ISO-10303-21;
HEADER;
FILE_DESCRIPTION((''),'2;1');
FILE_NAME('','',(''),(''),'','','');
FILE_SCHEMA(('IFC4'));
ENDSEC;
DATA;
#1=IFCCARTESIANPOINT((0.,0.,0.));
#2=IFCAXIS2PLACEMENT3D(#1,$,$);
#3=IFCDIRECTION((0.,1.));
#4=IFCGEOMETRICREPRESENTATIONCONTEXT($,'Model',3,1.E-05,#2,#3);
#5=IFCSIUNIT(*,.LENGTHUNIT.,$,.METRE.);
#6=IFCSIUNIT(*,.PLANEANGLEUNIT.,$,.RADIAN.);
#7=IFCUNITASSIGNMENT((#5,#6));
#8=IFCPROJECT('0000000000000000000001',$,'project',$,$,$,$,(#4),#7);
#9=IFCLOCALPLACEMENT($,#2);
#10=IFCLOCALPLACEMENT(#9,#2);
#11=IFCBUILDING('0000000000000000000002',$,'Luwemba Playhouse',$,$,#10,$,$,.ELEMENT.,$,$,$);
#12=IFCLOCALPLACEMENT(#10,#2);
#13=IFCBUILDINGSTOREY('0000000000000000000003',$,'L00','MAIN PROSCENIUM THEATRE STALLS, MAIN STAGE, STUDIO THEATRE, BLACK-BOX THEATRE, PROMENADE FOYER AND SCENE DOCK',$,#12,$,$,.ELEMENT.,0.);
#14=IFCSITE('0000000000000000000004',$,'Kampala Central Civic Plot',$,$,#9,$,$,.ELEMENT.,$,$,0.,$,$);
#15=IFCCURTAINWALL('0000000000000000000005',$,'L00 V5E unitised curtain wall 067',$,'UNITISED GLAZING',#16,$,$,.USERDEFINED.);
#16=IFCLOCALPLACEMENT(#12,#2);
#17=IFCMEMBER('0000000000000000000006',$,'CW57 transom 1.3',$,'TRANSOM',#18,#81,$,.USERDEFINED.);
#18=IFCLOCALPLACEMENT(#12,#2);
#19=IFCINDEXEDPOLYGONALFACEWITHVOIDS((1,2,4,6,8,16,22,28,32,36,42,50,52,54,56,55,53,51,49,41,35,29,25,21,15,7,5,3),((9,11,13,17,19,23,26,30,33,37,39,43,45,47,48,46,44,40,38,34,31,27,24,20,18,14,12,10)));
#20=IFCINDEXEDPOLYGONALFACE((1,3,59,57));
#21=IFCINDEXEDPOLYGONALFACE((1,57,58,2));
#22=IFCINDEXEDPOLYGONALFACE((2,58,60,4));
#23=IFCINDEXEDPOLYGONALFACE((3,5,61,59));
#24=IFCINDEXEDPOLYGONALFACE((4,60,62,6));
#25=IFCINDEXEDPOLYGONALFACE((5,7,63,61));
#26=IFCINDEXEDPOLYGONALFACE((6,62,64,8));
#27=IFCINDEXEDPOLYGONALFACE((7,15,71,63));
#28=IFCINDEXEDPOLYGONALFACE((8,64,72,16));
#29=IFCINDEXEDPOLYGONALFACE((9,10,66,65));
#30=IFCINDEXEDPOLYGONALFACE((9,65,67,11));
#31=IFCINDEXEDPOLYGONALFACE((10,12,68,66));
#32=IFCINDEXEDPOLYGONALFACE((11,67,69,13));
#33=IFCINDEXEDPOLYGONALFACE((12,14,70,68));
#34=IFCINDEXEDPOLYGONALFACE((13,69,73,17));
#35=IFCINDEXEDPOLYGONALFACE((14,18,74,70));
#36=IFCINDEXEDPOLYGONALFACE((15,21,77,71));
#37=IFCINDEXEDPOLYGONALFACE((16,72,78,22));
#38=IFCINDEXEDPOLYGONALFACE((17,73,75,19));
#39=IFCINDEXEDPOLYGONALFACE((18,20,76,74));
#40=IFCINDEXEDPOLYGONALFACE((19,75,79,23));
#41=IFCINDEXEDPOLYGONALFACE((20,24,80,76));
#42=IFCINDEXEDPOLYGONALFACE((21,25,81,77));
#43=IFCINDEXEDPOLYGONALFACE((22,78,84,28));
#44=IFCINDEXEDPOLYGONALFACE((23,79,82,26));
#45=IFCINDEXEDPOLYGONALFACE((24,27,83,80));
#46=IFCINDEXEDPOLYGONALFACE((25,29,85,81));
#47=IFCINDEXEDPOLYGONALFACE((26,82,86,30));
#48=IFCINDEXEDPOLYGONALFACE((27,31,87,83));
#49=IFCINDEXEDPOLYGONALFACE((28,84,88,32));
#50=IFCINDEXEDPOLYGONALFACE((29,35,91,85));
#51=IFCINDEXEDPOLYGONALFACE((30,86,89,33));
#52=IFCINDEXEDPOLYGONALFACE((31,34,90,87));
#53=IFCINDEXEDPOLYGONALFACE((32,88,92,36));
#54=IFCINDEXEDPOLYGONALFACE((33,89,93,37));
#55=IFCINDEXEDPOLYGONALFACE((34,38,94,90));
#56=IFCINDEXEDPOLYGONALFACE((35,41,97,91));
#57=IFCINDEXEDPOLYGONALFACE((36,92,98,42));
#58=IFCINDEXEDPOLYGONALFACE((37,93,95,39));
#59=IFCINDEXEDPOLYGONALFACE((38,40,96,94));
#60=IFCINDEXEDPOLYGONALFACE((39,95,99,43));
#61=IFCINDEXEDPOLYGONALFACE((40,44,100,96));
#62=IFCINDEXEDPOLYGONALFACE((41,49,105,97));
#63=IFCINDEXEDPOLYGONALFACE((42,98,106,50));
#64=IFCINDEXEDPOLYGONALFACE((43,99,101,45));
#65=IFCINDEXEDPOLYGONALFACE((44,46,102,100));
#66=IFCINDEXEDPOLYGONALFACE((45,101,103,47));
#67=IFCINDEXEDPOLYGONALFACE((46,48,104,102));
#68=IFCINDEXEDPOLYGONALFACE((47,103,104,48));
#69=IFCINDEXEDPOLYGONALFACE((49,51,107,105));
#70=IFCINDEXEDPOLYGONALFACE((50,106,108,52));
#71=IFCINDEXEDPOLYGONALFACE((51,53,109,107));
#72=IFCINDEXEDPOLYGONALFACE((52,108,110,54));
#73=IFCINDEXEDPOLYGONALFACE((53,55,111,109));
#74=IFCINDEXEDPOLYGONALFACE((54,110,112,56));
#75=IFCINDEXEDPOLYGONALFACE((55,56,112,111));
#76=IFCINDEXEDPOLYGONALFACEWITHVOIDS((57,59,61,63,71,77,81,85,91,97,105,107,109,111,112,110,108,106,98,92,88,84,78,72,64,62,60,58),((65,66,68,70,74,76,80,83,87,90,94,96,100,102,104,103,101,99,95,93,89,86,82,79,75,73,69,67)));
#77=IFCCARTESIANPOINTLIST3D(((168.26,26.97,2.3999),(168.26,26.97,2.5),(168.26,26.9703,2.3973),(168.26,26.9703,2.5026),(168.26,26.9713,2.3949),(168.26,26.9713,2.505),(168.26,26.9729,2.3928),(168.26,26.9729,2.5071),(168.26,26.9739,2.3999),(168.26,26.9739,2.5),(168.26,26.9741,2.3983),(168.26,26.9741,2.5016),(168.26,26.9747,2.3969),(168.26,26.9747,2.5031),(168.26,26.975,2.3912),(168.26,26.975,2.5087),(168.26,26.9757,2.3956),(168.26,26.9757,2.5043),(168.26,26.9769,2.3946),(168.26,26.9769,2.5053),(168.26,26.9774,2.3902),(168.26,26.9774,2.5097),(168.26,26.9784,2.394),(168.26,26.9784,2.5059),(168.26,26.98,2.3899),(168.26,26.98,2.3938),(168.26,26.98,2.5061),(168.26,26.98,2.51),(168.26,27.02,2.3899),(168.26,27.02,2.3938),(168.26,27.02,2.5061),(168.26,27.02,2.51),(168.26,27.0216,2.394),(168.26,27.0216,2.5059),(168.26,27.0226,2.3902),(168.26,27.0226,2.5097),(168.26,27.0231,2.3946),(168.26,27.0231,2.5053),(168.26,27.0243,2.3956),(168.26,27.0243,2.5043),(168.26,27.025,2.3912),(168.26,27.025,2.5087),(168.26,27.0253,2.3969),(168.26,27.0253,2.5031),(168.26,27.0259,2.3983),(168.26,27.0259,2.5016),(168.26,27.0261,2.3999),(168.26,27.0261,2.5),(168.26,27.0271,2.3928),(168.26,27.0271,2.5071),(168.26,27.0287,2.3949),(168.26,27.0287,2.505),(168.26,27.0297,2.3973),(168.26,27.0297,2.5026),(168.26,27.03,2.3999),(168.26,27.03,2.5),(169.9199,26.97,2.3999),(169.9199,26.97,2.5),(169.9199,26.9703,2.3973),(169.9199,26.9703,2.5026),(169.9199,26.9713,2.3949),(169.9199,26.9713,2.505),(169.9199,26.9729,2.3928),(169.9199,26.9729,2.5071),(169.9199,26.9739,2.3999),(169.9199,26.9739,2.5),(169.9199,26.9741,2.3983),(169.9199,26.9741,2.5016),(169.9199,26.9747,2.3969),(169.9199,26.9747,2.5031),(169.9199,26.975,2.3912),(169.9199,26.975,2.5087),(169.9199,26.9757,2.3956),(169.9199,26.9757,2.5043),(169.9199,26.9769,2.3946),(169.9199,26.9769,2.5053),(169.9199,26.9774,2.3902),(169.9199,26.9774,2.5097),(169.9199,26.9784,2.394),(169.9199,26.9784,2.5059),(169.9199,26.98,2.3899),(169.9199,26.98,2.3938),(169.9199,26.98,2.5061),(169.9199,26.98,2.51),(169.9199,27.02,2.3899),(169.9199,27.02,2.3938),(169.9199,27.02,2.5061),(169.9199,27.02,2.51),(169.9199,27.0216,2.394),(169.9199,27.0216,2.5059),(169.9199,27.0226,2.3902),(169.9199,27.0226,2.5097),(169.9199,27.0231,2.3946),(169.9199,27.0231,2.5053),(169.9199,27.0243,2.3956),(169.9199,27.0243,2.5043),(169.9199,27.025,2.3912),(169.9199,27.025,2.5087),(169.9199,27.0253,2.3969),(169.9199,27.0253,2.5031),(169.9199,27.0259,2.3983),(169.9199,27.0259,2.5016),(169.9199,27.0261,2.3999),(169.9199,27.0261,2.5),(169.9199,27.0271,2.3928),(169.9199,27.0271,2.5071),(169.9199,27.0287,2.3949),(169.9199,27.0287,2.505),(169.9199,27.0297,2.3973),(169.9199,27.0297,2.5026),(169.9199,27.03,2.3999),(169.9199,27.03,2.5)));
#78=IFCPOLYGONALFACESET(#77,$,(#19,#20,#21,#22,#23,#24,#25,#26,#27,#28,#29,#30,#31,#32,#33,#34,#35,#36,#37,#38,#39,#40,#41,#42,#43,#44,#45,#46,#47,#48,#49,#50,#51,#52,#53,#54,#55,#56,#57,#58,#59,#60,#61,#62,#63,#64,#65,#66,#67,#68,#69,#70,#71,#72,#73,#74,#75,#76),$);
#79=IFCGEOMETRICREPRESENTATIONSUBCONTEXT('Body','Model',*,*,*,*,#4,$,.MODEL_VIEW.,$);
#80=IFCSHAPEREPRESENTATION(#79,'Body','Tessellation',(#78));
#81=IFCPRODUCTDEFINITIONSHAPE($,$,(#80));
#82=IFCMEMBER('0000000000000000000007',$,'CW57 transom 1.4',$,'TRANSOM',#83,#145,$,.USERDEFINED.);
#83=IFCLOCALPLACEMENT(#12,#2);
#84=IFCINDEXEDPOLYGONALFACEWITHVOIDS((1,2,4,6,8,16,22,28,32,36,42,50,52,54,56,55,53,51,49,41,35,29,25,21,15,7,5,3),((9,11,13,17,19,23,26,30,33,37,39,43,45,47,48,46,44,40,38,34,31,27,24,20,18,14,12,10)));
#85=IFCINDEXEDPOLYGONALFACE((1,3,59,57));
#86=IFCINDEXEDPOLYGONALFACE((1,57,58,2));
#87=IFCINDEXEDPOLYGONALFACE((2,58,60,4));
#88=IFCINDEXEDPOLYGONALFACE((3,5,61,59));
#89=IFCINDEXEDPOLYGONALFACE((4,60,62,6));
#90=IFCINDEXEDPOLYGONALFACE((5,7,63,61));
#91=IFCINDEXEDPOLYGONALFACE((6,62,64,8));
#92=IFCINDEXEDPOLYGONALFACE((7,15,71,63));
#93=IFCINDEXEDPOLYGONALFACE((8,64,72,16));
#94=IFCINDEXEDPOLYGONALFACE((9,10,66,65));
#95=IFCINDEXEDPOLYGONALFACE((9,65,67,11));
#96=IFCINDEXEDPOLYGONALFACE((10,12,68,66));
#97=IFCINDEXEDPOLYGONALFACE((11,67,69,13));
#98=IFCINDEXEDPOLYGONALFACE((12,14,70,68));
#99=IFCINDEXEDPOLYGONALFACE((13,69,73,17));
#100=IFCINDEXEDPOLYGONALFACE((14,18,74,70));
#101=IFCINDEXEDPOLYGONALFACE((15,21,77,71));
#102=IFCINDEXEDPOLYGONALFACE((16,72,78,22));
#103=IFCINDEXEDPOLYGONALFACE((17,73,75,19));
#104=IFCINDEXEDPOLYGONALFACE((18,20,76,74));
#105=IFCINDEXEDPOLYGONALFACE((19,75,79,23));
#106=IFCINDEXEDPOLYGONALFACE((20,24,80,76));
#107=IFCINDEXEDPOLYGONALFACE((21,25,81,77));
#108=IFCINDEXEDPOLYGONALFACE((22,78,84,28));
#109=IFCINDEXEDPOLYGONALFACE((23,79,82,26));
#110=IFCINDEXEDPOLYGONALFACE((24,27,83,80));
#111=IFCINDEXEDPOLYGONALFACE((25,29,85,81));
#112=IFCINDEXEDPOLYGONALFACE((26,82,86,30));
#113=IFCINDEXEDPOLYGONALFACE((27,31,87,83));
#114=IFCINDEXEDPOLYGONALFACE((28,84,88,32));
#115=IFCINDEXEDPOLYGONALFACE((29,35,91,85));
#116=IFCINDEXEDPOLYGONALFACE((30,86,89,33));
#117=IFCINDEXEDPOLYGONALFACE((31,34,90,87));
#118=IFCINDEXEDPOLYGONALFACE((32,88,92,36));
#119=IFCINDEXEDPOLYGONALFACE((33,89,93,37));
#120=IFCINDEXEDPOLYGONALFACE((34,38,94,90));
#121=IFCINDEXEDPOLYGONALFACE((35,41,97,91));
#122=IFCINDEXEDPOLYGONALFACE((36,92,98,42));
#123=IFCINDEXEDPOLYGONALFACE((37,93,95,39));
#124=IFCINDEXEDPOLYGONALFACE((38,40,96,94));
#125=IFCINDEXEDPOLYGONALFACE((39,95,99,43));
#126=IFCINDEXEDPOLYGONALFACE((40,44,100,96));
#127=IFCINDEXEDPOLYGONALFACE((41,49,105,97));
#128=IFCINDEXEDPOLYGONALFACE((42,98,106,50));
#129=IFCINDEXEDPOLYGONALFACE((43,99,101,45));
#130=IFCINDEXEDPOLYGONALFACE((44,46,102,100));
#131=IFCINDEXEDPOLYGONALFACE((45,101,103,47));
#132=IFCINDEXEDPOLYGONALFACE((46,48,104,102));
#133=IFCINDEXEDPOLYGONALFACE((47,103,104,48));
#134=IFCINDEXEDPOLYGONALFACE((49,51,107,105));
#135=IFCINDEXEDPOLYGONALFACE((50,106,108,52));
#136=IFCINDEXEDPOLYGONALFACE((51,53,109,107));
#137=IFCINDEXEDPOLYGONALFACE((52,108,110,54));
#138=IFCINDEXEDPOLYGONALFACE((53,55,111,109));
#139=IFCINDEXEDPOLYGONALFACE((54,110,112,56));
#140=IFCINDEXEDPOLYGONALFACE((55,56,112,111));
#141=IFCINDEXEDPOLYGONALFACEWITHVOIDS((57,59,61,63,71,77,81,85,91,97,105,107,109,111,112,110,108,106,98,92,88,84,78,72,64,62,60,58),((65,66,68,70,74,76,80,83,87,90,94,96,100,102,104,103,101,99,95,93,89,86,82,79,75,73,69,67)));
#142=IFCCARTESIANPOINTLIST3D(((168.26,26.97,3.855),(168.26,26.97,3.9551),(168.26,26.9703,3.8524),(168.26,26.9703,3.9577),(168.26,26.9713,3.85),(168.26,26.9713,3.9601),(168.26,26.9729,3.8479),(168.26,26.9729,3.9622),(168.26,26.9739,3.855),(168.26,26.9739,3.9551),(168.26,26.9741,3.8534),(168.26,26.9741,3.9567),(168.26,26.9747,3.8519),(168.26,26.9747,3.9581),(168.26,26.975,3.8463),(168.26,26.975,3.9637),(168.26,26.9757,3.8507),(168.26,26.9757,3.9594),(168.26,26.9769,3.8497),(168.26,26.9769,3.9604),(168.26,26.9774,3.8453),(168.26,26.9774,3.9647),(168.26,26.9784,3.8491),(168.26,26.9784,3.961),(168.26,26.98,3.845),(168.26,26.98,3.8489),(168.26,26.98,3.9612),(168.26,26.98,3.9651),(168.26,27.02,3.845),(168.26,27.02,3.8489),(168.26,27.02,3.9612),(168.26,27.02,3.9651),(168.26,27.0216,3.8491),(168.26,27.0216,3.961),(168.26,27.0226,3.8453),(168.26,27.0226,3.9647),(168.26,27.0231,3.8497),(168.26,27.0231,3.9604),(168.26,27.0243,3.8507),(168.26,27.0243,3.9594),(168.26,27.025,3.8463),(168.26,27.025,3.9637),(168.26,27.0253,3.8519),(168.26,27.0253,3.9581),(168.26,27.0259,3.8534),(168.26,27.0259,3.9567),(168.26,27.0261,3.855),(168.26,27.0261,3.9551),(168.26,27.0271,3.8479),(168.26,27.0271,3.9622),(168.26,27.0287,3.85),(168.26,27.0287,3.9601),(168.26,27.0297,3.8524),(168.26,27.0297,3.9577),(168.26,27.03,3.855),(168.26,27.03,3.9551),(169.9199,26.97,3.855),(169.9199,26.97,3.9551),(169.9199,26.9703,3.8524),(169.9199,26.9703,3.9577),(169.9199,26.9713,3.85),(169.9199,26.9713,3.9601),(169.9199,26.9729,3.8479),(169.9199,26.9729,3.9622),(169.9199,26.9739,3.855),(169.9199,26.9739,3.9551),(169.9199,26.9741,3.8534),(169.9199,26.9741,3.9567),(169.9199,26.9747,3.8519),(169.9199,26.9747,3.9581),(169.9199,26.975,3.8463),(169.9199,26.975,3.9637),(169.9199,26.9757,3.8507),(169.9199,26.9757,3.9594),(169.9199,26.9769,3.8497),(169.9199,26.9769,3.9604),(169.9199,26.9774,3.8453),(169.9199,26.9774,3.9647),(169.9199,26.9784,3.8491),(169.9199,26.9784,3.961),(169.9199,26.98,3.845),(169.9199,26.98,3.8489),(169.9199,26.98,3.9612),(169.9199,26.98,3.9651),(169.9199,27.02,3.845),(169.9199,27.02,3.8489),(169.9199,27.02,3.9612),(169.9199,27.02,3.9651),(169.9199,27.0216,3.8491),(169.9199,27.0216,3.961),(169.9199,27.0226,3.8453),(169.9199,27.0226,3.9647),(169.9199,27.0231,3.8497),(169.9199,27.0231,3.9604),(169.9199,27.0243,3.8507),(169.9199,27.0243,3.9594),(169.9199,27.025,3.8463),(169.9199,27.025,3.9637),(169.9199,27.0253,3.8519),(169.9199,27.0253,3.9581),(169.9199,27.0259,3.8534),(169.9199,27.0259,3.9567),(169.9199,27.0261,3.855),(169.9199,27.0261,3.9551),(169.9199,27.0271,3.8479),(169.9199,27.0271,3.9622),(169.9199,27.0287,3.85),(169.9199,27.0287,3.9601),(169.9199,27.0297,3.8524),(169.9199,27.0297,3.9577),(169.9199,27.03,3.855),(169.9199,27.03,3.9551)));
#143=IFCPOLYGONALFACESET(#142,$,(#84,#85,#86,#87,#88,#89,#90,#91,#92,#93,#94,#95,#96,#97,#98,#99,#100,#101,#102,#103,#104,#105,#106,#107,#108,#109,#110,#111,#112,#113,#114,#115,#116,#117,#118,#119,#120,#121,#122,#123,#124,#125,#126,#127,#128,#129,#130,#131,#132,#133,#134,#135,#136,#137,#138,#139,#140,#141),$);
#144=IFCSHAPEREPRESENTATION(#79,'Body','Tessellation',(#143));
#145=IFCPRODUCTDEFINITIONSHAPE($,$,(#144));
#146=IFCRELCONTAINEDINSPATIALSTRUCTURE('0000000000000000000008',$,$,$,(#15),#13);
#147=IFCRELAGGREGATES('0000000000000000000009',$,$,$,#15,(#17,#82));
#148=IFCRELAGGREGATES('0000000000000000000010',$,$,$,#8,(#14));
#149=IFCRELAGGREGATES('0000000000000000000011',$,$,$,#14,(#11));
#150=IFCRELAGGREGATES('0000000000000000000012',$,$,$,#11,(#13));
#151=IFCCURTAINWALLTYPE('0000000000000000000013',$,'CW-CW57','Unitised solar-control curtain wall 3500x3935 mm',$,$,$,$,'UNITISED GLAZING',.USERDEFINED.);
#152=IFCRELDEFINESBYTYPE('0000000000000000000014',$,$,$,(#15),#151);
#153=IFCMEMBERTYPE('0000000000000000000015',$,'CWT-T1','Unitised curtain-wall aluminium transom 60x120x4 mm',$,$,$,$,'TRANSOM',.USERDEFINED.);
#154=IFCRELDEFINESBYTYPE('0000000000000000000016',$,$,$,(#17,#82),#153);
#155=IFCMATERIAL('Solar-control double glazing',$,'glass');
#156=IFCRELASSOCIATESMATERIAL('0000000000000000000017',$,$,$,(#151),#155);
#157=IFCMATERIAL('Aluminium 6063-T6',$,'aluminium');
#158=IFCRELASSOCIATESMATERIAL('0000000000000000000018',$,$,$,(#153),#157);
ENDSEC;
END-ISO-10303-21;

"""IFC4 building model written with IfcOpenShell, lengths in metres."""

from ifc_helpers import new_model, si_unit, direction, frame, origin, origin_2d, place, context, subcontext, project, spatial, hollow_rectangle, extrude, material, material_profile, profile_set, type_object, element, aggregate, save


model = new_model("IFC4")

# Units and contexts
model_context = context("Model", 3, precision=1e-05, world=origin(), true_north=direction((0.0, 1.0)))
body_context = subcontext(model_context, "Body", "Model", "MODEL_VIEW")
ifc_project = project(units=[si_unit("LENGTHUNIT", "METRE"), si_unit("PLANEANGLEUNIT", "RADIAN")], contexts=[model_context])

# Site, building, storey
site_placement = place(None, origin())
site = spatial("IfcSite", under=ifc_project, at=site_placement, Name="Kampala Central Civic Plot", CompositionType="ELEMENT", RefElevation=0.0)
building_placement = place(site_placement, origin())
building = spatial("IfcBuilding", under=site, at=building_placement, Name="Luwemba Playhouse", CompositionType="ELEMENT")
storey_placement = place(building_placement, origin())
storey = spatial("IfcBuildingStorey", under=building, at=storey_placement, Name="L00", Description="MAIN PROSCENIUM THEATRE STALLS, MAIN STAGE, STUDIO THEATRE, BLACK-BOX THEATRE, PROMENADE FOYER AND SCENE DOCK", CompositionType="ELEMENT", Elevation=0.0)

# Curtain wall
ifc_material_1 = material(Name="Solar-control double glazing", Category="glass")
curtain_wall_type_1 = type_object("IfcCurtainWallType", Name="CW-CW57", Description="Unitised solar-control curtain wall 3500x3935 mm", ElementType="UNITISED GLAZING", PredefinedType="USERDEFINED", material=ifc_material_1)
curtain_wall_1_placement = place(storey_placement, origin())
curtain_wall_1 = element("IfcCurtainWall", 1, at=curtain_wall_1_placement, inside=storey, type_object=curtain_wall_type_1, Name="L00 V5E unitised curtain wall 067", ObjectType="UNITISED GLAZING", PredefinedType="USERDEFINED")
ifc_material_2 = material(Name="Aluminium 6063-T6", Category="aluminium")

# Members
ifc_material_profile_1 = material_profile(ifc_material_2, hollow_rectangle(XDim=0.0601, YDim=0.1201, WallThickness=0.0039, InnerFilletRadius=0.0061, OuterFilletRadius=0.01, at=origin_2d()))
ifc_profile_set_1 = profile_set([ifc_material_profile_1], Name="Aluminium 6063-T6")
member_type_1 = type_object("IfcMemberType", Name="CWT-T1", Description="Unitised curtain-wall aluminium transom 60x120x4 mm", ElementType="TRANSOM", PredefinedType="USERDEFINED", material=ifc_profile_set_1)
member_1_placement = place(storey_placement, frame((168.26, 27.0, 2.45), z_axis=(1.0, 0.0, 0.0), x_axis=(0.0, 1.0, 0.0)))
member_1 = element("IfcMember", 2, at=member_1_placement, type_object=member_type_1, Name="CW57 transom 1.3", ObjectType="TRANSOM", PredefinedType="USERDEFINED", context=body_context, shape_type="SweptSolid", body=[
    extrude(hollow_rectangle(XDim=0.0601, YDim=0.1201, WallThickness=0.0039, InnerFilletRadius=0.0061, OuterFilletRadius=0.01, at=origin_2d()), origin(), (0.0, 0.0, 1.0), 1.6599),
])
member_2_placement = place(storey_placement, frame((168.26, 27.0, 3.905), z_axis=(1.0, 0.0, 0.0), x_axis=(0.0, 1.0, 0.0)))
member_2 = element("IfcMember", 3, at=member_2_placement, type_object=member_type_1, Name="CW57 transom 1.4", ObjectType="TRANSOM", PredefinedType="USERDEFINED", context=body_context, shape_type="SweptSolid", body=[
    extrude(hollow_rectangle(XDim=0.0601, YDim=0.1201, WallThickness=0.0039, InnerFilletRadius=0.0061, OuterFilletRadius=0.01, at=origin_2d()), origin(), (0.0, 0.0, 1.0), 1.6599),
])

aggregate(curtain_wall_1, [member_1, member_2])

save(model, "model.ifc")
